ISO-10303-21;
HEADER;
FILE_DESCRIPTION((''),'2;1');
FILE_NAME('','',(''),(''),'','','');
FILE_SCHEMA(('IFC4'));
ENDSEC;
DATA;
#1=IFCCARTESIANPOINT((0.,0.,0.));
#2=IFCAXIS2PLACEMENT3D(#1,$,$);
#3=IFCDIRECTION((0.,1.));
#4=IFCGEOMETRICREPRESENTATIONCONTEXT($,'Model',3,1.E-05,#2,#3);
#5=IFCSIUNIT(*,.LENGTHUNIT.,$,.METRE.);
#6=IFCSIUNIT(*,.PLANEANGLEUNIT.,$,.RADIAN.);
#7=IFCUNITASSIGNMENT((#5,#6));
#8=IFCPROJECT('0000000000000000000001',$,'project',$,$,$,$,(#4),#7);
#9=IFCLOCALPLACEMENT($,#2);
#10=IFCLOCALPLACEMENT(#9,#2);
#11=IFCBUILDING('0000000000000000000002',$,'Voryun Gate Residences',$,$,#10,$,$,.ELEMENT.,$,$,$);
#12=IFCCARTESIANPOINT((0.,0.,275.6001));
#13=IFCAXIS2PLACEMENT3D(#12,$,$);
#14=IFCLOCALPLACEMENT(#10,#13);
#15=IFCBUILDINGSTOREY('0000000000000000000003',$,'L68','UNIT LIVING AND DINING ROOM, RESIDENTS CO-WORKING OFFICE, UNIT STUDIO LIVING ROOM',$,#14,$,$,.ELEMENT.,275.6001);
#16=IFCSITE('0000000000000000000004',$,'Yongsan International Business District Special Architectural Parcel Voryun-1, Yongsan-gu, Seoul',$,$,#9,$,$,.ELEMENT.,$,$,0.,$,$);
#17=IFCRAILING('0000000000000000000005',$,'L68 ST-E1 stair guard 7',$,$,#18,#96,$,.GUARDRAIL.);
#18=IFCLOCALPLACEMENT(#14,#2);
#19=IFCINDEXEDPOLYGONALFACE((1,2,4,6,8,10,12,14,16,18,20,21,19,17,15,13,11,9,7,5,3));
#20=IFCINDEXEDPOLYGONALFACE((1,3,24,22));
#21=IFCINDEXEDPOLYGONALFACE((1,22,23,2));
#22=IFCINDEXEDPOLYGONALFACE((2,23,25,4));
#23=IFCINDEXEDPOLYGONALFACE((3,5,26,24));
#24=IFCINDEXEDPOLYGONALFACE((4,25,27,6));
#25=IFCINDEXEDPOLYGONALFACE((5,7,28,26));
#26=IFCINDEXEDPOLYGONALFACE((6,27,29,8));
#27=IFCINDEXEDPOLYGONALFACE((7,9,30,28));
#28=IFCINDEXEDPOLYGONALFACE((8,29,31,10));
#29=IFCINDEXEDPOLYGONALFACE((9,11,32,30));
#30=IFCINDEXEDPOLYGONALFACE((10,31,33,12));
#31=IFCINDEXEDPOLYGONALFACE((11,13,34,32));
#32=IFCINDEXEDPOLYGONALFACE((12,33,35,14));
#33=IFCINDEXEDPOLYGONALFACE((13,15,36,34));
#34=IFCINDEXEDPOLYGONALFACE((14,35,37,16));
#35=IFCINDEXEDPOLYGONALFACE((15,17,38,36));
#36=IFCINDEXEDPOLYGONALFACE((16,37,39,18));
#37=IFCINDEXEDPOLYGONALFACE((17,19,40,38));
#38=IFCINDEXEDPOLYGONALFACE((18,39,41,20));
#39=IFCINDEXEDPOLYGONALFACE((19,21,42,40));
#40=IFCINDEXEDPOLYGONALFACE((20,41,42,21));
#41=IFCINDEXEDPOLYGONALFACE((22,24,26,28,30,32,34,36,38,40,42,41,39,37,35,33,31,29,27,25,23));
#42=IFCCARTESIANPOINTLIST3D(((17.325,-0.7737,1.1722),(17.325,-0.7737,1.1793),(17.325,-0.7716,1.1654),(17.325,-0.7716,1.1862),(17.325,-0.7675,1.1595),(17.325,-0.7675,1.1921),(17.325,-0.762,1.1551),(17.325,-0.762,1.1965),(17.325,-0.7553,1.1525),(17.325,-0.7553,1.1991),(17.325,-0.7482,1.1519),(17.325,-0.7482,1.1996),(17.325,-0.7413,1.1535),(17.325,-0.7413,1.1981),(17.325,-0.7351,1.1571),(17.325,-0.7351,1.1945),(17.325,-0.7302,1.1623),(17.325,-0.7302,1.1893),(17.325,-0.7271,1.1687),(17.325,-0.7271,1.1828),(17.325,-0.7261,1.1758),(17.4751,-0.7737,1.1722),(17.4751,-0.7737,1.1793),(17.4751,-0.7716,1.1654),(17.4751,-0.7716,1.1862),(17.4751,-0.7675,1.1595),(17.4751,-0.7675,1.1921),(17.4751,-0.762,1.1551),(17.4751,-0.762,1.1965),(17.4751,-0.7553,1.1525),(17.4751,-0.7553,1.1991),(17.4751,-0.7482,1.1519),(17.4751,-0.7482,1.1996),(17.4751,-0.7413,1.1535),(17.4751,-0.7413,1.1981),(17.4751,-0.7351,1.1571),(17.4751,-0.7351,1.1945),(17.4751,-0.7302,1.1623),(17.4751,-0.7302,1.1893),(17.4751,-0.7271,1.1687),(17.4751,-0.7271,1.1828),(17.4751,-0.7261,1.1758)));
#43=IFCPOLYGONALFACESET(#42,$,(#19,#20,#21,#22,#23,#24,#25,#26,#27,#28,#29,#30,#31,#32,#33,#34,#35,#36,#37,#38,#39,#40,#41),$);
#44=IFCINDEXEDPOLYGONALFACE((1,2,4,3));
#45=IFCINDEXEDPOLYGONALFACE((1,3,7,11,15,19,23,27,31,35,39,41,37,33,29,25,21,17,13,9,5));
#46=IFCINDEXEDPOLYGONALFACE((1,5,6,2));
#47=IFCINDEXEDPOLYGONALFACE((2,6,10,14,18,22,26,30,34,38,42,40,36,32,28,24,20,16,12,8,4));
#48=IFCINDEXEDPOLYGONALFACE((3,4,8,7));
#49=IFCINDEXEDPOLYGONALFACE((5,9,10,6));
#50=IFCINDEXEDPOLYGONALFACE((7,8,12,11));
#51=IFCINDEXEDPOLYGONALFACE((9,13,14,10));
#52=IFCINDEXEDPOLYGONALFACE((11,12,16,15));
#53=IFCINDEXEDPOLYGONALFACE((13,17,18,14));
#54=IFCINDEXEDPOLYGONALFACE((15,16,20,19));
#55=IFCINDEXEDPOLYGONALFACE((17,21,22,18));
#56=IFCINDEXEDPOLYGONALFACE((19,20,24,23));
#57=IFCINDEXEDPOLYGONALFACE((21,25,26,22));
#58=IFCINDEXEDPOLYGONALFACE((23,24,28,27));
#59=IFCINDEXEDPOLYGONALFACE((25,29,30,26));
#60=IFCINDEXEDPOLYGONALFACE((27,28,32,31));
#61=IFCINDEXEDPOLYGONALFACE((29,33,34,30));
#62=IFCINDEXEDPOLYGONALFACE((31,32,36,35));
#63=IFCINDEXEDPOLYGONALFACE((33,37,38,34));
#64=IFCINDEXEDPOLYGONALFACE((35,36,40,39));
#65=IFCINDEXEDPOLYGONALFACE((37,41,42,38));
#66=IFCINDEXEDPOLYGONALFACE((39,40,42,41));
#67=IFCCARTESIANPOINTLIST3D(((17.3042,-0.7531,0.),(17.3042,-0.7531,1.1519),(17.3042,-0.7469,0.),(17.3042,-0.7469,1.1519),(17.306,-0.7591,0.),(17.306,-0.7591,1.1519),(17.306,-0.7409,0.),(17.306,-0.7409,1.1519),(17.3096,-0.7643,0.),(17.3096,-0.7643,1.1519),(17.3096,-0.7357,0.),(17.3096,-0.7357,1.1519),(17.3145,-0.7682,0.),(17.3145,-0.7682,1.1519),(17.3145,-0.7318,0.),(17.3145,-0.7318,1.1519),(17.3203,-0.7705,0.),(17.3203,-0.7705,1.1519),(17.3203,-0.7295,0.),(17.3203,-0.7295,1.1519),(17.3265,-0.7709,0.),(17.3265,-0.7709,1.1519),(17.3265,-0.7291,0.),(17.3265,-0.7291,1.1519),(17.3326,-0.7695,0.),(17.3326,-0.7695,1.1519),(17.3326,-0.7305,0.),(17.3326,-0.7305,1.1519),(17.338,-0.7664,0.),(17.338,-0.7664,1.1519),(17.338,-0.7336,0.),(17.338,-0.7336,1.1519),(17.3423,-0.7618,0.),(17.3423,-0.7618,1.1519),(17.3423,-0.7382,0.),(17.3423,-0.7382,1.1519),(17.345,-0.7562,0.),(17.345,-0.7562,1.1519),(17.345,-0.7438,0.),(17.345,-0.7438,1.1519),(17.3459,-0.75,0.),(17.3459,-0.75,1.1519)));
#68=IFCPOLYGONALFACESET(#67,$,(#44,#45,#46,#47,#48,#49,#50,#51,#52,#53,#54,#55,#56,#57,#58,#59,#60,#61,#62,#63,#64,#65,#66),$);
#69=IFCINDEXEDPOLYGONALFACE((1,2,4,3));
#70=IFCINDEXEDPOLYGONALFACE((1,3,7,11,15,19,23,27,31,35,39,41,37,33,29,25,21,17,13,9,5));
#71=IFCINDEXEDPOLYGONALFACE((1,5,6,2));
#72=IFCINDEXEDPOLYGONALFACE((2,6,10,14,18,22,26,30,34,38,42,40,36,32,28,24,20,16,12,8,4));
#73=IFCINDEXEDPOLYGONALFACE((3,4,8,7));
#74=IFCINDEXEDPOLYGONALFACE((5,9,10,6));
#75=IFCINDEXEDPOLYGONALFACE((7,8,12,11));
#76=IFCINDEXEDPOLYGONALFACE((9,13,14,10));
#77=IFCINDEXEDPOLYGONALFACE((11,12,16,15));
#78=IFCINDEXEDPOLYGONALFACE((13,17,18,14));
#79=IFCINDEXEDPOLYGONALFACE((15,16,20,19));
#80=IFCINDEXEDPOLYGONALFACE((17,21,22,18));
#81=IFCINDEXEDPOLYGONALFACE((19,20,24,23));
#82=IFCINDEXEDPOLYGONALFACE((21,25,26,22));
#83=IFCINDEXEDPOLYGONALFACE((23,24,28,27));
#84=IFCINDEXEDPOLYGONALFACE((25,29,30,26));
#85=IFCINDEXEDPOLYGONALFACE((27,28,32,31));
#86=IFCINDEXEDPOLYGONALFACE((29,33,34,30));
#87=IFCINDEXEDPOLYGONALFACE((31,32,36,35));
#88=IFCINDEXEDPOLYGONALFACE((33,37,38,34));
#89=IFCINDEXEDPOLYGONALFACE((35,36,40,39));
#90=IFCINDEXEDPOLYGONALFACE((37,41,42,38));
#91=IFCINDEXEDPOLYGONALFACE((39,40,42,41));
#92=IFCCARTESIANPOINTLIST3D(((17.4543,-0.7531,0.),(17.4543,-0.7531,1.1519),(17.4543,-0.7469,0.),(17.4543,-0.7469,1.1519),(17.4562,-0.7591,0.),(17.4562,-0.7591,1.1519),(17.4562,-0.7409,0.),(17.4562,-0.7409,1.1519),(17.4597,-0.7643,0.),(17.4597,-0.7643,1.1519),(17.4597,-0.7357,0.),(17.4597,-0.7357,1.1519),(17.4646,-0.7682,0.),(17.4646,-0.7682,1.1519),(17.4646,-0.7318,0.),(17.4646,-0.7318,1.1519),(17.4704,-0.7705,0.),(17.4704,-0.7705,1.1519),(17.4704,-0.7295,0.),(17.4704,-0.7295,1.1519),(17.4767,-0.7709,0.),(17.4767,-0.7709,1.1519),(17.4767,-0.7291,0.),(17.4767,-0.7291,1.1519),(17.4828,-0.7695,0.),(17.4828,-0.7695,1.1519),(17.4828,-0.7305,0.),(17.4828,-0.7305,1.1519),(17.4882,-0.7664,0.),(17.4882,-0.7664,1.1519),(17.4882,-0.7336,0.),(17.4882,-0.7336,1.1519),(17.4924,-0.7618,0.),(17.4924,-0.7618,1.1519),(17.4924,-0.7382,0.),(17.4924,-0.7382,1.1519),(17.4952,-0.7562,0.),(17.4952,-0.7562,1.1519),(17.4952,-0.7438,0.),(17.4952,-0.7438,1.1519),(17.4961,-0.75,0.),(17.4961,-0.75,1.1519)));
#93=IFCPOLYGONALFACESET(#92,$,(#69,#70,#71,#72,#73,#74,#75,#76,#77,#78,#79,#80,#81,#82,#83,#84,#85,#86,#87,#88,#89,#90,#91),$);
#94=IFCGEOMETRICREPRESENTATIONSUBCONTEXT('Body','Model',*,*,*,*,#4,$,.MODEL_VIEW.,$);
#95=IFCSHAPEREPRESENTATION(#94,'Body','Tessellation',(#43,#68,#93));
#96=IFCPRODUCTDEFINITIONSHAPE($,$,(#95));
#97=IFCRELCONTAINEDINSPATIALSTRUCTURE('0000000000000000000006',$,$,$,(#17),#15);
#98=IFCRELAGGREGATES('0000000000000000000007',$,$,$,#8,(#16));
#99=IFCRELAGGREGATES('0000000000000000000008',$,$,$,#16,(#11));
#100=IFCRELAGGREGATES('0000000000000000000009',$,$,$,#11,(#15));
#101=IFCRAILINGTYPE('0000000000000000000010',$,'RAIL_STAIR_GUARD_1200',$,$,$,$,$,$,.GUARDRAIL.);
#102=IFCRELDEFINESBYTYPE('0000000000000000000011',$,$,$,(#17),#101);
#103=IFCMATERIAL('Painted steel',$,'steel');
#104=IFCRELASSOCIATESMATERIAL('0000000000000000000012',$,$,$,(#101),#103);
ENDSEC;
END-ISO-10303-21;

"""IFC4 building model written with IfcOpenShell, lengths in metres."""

from ifc_helpers import new_model, si_unit, direction, frame, origin, origin_2d, place, context, subcontext, project, spatial, circle, extrude, material, type_object, element, save


model = new_model("IFC4")

# Units and contexts
model_context = context("Model", 3, precision=1e-05, world=origin(), true_north=direction((0.0, 1.0)))
body_context = subcontext(model_context, "Body", "Model", "MODEL_VIEW")
ifc_project = project(units=[si_unit("LENGTHUNIT", "METRE"), si_unit("PLANEANGLEUNIT", "RADIAN")], contexts=[model_context])

# Site, building, storey
site_placement = place(None, origin())
site = spatial("IfcSite", under=ifc_project, at=site_placement, Name="Yongsan International Business District Special Architectural Parcel Voryun-1, Yongsan-gu, Seoul", CompositionType="ELEMENT", RefElevation=0.0)
building_placement = place(site_placement, origin())
building = spatial("IfcBuilding", under=site, at=building_placement, Name="Voryun Gate Residences", CompositionType="ELEMENT")
storey_placement = place(building_placement, frame((0.0, 0.0, 275.6001)))
storey = spatial("IfcBuildingStorey", under=building, at=storey_placement, Name="L68", Description="UNIT LIVING AND DINING ROOM, RESIDENTS CO-WORKING OFFICE, UNIT STUDIO LIVING ROOM", CompositionType="ELEMENT", Elevation=275.6001)

# Railing
ifc_material_1 = material(Name="Painted steel", Category="steel")
railing_type_1 = type_object("IfcRailingType", Name="RAIL_STAIR_GUARD_1200", PredefinedType="GUARDRAIL", material=ifc_material_1)
railing_1_placement = place(storey_placement, frame((17.325, -0.75, 0.0)))
element("IfcRailing", 1, at=railing_1_placement, inside=storey, type_object=railing_type_1, Name="L68 ST-E1 stair guard 7", PredefinedType="GUARDRAIL", context=body_context, shape_type="SweptSolid", body=[
    extrude(circle(Radius=0.0239, at=origin_2d()), frame((0.0, 0.0, 1.1758), z_axis=(1.0, 0.0, 0.0), x_axis=(0.0, 1.0, 0.0)), (0.0, 0.0, 1.0), 0.1501),
    extrude(circle(Radius=0.021, at=origin_2d()), origin(), (0.0, 0.0, 1.0), 1.1519),
    extrude(circle(Radius=0.021, at=origin_2d()), frame((0.1501, 0.0, 0.0)), (0.0, 0.0, 1.0), 1.1519),
])

save(model, "model.ifc")
